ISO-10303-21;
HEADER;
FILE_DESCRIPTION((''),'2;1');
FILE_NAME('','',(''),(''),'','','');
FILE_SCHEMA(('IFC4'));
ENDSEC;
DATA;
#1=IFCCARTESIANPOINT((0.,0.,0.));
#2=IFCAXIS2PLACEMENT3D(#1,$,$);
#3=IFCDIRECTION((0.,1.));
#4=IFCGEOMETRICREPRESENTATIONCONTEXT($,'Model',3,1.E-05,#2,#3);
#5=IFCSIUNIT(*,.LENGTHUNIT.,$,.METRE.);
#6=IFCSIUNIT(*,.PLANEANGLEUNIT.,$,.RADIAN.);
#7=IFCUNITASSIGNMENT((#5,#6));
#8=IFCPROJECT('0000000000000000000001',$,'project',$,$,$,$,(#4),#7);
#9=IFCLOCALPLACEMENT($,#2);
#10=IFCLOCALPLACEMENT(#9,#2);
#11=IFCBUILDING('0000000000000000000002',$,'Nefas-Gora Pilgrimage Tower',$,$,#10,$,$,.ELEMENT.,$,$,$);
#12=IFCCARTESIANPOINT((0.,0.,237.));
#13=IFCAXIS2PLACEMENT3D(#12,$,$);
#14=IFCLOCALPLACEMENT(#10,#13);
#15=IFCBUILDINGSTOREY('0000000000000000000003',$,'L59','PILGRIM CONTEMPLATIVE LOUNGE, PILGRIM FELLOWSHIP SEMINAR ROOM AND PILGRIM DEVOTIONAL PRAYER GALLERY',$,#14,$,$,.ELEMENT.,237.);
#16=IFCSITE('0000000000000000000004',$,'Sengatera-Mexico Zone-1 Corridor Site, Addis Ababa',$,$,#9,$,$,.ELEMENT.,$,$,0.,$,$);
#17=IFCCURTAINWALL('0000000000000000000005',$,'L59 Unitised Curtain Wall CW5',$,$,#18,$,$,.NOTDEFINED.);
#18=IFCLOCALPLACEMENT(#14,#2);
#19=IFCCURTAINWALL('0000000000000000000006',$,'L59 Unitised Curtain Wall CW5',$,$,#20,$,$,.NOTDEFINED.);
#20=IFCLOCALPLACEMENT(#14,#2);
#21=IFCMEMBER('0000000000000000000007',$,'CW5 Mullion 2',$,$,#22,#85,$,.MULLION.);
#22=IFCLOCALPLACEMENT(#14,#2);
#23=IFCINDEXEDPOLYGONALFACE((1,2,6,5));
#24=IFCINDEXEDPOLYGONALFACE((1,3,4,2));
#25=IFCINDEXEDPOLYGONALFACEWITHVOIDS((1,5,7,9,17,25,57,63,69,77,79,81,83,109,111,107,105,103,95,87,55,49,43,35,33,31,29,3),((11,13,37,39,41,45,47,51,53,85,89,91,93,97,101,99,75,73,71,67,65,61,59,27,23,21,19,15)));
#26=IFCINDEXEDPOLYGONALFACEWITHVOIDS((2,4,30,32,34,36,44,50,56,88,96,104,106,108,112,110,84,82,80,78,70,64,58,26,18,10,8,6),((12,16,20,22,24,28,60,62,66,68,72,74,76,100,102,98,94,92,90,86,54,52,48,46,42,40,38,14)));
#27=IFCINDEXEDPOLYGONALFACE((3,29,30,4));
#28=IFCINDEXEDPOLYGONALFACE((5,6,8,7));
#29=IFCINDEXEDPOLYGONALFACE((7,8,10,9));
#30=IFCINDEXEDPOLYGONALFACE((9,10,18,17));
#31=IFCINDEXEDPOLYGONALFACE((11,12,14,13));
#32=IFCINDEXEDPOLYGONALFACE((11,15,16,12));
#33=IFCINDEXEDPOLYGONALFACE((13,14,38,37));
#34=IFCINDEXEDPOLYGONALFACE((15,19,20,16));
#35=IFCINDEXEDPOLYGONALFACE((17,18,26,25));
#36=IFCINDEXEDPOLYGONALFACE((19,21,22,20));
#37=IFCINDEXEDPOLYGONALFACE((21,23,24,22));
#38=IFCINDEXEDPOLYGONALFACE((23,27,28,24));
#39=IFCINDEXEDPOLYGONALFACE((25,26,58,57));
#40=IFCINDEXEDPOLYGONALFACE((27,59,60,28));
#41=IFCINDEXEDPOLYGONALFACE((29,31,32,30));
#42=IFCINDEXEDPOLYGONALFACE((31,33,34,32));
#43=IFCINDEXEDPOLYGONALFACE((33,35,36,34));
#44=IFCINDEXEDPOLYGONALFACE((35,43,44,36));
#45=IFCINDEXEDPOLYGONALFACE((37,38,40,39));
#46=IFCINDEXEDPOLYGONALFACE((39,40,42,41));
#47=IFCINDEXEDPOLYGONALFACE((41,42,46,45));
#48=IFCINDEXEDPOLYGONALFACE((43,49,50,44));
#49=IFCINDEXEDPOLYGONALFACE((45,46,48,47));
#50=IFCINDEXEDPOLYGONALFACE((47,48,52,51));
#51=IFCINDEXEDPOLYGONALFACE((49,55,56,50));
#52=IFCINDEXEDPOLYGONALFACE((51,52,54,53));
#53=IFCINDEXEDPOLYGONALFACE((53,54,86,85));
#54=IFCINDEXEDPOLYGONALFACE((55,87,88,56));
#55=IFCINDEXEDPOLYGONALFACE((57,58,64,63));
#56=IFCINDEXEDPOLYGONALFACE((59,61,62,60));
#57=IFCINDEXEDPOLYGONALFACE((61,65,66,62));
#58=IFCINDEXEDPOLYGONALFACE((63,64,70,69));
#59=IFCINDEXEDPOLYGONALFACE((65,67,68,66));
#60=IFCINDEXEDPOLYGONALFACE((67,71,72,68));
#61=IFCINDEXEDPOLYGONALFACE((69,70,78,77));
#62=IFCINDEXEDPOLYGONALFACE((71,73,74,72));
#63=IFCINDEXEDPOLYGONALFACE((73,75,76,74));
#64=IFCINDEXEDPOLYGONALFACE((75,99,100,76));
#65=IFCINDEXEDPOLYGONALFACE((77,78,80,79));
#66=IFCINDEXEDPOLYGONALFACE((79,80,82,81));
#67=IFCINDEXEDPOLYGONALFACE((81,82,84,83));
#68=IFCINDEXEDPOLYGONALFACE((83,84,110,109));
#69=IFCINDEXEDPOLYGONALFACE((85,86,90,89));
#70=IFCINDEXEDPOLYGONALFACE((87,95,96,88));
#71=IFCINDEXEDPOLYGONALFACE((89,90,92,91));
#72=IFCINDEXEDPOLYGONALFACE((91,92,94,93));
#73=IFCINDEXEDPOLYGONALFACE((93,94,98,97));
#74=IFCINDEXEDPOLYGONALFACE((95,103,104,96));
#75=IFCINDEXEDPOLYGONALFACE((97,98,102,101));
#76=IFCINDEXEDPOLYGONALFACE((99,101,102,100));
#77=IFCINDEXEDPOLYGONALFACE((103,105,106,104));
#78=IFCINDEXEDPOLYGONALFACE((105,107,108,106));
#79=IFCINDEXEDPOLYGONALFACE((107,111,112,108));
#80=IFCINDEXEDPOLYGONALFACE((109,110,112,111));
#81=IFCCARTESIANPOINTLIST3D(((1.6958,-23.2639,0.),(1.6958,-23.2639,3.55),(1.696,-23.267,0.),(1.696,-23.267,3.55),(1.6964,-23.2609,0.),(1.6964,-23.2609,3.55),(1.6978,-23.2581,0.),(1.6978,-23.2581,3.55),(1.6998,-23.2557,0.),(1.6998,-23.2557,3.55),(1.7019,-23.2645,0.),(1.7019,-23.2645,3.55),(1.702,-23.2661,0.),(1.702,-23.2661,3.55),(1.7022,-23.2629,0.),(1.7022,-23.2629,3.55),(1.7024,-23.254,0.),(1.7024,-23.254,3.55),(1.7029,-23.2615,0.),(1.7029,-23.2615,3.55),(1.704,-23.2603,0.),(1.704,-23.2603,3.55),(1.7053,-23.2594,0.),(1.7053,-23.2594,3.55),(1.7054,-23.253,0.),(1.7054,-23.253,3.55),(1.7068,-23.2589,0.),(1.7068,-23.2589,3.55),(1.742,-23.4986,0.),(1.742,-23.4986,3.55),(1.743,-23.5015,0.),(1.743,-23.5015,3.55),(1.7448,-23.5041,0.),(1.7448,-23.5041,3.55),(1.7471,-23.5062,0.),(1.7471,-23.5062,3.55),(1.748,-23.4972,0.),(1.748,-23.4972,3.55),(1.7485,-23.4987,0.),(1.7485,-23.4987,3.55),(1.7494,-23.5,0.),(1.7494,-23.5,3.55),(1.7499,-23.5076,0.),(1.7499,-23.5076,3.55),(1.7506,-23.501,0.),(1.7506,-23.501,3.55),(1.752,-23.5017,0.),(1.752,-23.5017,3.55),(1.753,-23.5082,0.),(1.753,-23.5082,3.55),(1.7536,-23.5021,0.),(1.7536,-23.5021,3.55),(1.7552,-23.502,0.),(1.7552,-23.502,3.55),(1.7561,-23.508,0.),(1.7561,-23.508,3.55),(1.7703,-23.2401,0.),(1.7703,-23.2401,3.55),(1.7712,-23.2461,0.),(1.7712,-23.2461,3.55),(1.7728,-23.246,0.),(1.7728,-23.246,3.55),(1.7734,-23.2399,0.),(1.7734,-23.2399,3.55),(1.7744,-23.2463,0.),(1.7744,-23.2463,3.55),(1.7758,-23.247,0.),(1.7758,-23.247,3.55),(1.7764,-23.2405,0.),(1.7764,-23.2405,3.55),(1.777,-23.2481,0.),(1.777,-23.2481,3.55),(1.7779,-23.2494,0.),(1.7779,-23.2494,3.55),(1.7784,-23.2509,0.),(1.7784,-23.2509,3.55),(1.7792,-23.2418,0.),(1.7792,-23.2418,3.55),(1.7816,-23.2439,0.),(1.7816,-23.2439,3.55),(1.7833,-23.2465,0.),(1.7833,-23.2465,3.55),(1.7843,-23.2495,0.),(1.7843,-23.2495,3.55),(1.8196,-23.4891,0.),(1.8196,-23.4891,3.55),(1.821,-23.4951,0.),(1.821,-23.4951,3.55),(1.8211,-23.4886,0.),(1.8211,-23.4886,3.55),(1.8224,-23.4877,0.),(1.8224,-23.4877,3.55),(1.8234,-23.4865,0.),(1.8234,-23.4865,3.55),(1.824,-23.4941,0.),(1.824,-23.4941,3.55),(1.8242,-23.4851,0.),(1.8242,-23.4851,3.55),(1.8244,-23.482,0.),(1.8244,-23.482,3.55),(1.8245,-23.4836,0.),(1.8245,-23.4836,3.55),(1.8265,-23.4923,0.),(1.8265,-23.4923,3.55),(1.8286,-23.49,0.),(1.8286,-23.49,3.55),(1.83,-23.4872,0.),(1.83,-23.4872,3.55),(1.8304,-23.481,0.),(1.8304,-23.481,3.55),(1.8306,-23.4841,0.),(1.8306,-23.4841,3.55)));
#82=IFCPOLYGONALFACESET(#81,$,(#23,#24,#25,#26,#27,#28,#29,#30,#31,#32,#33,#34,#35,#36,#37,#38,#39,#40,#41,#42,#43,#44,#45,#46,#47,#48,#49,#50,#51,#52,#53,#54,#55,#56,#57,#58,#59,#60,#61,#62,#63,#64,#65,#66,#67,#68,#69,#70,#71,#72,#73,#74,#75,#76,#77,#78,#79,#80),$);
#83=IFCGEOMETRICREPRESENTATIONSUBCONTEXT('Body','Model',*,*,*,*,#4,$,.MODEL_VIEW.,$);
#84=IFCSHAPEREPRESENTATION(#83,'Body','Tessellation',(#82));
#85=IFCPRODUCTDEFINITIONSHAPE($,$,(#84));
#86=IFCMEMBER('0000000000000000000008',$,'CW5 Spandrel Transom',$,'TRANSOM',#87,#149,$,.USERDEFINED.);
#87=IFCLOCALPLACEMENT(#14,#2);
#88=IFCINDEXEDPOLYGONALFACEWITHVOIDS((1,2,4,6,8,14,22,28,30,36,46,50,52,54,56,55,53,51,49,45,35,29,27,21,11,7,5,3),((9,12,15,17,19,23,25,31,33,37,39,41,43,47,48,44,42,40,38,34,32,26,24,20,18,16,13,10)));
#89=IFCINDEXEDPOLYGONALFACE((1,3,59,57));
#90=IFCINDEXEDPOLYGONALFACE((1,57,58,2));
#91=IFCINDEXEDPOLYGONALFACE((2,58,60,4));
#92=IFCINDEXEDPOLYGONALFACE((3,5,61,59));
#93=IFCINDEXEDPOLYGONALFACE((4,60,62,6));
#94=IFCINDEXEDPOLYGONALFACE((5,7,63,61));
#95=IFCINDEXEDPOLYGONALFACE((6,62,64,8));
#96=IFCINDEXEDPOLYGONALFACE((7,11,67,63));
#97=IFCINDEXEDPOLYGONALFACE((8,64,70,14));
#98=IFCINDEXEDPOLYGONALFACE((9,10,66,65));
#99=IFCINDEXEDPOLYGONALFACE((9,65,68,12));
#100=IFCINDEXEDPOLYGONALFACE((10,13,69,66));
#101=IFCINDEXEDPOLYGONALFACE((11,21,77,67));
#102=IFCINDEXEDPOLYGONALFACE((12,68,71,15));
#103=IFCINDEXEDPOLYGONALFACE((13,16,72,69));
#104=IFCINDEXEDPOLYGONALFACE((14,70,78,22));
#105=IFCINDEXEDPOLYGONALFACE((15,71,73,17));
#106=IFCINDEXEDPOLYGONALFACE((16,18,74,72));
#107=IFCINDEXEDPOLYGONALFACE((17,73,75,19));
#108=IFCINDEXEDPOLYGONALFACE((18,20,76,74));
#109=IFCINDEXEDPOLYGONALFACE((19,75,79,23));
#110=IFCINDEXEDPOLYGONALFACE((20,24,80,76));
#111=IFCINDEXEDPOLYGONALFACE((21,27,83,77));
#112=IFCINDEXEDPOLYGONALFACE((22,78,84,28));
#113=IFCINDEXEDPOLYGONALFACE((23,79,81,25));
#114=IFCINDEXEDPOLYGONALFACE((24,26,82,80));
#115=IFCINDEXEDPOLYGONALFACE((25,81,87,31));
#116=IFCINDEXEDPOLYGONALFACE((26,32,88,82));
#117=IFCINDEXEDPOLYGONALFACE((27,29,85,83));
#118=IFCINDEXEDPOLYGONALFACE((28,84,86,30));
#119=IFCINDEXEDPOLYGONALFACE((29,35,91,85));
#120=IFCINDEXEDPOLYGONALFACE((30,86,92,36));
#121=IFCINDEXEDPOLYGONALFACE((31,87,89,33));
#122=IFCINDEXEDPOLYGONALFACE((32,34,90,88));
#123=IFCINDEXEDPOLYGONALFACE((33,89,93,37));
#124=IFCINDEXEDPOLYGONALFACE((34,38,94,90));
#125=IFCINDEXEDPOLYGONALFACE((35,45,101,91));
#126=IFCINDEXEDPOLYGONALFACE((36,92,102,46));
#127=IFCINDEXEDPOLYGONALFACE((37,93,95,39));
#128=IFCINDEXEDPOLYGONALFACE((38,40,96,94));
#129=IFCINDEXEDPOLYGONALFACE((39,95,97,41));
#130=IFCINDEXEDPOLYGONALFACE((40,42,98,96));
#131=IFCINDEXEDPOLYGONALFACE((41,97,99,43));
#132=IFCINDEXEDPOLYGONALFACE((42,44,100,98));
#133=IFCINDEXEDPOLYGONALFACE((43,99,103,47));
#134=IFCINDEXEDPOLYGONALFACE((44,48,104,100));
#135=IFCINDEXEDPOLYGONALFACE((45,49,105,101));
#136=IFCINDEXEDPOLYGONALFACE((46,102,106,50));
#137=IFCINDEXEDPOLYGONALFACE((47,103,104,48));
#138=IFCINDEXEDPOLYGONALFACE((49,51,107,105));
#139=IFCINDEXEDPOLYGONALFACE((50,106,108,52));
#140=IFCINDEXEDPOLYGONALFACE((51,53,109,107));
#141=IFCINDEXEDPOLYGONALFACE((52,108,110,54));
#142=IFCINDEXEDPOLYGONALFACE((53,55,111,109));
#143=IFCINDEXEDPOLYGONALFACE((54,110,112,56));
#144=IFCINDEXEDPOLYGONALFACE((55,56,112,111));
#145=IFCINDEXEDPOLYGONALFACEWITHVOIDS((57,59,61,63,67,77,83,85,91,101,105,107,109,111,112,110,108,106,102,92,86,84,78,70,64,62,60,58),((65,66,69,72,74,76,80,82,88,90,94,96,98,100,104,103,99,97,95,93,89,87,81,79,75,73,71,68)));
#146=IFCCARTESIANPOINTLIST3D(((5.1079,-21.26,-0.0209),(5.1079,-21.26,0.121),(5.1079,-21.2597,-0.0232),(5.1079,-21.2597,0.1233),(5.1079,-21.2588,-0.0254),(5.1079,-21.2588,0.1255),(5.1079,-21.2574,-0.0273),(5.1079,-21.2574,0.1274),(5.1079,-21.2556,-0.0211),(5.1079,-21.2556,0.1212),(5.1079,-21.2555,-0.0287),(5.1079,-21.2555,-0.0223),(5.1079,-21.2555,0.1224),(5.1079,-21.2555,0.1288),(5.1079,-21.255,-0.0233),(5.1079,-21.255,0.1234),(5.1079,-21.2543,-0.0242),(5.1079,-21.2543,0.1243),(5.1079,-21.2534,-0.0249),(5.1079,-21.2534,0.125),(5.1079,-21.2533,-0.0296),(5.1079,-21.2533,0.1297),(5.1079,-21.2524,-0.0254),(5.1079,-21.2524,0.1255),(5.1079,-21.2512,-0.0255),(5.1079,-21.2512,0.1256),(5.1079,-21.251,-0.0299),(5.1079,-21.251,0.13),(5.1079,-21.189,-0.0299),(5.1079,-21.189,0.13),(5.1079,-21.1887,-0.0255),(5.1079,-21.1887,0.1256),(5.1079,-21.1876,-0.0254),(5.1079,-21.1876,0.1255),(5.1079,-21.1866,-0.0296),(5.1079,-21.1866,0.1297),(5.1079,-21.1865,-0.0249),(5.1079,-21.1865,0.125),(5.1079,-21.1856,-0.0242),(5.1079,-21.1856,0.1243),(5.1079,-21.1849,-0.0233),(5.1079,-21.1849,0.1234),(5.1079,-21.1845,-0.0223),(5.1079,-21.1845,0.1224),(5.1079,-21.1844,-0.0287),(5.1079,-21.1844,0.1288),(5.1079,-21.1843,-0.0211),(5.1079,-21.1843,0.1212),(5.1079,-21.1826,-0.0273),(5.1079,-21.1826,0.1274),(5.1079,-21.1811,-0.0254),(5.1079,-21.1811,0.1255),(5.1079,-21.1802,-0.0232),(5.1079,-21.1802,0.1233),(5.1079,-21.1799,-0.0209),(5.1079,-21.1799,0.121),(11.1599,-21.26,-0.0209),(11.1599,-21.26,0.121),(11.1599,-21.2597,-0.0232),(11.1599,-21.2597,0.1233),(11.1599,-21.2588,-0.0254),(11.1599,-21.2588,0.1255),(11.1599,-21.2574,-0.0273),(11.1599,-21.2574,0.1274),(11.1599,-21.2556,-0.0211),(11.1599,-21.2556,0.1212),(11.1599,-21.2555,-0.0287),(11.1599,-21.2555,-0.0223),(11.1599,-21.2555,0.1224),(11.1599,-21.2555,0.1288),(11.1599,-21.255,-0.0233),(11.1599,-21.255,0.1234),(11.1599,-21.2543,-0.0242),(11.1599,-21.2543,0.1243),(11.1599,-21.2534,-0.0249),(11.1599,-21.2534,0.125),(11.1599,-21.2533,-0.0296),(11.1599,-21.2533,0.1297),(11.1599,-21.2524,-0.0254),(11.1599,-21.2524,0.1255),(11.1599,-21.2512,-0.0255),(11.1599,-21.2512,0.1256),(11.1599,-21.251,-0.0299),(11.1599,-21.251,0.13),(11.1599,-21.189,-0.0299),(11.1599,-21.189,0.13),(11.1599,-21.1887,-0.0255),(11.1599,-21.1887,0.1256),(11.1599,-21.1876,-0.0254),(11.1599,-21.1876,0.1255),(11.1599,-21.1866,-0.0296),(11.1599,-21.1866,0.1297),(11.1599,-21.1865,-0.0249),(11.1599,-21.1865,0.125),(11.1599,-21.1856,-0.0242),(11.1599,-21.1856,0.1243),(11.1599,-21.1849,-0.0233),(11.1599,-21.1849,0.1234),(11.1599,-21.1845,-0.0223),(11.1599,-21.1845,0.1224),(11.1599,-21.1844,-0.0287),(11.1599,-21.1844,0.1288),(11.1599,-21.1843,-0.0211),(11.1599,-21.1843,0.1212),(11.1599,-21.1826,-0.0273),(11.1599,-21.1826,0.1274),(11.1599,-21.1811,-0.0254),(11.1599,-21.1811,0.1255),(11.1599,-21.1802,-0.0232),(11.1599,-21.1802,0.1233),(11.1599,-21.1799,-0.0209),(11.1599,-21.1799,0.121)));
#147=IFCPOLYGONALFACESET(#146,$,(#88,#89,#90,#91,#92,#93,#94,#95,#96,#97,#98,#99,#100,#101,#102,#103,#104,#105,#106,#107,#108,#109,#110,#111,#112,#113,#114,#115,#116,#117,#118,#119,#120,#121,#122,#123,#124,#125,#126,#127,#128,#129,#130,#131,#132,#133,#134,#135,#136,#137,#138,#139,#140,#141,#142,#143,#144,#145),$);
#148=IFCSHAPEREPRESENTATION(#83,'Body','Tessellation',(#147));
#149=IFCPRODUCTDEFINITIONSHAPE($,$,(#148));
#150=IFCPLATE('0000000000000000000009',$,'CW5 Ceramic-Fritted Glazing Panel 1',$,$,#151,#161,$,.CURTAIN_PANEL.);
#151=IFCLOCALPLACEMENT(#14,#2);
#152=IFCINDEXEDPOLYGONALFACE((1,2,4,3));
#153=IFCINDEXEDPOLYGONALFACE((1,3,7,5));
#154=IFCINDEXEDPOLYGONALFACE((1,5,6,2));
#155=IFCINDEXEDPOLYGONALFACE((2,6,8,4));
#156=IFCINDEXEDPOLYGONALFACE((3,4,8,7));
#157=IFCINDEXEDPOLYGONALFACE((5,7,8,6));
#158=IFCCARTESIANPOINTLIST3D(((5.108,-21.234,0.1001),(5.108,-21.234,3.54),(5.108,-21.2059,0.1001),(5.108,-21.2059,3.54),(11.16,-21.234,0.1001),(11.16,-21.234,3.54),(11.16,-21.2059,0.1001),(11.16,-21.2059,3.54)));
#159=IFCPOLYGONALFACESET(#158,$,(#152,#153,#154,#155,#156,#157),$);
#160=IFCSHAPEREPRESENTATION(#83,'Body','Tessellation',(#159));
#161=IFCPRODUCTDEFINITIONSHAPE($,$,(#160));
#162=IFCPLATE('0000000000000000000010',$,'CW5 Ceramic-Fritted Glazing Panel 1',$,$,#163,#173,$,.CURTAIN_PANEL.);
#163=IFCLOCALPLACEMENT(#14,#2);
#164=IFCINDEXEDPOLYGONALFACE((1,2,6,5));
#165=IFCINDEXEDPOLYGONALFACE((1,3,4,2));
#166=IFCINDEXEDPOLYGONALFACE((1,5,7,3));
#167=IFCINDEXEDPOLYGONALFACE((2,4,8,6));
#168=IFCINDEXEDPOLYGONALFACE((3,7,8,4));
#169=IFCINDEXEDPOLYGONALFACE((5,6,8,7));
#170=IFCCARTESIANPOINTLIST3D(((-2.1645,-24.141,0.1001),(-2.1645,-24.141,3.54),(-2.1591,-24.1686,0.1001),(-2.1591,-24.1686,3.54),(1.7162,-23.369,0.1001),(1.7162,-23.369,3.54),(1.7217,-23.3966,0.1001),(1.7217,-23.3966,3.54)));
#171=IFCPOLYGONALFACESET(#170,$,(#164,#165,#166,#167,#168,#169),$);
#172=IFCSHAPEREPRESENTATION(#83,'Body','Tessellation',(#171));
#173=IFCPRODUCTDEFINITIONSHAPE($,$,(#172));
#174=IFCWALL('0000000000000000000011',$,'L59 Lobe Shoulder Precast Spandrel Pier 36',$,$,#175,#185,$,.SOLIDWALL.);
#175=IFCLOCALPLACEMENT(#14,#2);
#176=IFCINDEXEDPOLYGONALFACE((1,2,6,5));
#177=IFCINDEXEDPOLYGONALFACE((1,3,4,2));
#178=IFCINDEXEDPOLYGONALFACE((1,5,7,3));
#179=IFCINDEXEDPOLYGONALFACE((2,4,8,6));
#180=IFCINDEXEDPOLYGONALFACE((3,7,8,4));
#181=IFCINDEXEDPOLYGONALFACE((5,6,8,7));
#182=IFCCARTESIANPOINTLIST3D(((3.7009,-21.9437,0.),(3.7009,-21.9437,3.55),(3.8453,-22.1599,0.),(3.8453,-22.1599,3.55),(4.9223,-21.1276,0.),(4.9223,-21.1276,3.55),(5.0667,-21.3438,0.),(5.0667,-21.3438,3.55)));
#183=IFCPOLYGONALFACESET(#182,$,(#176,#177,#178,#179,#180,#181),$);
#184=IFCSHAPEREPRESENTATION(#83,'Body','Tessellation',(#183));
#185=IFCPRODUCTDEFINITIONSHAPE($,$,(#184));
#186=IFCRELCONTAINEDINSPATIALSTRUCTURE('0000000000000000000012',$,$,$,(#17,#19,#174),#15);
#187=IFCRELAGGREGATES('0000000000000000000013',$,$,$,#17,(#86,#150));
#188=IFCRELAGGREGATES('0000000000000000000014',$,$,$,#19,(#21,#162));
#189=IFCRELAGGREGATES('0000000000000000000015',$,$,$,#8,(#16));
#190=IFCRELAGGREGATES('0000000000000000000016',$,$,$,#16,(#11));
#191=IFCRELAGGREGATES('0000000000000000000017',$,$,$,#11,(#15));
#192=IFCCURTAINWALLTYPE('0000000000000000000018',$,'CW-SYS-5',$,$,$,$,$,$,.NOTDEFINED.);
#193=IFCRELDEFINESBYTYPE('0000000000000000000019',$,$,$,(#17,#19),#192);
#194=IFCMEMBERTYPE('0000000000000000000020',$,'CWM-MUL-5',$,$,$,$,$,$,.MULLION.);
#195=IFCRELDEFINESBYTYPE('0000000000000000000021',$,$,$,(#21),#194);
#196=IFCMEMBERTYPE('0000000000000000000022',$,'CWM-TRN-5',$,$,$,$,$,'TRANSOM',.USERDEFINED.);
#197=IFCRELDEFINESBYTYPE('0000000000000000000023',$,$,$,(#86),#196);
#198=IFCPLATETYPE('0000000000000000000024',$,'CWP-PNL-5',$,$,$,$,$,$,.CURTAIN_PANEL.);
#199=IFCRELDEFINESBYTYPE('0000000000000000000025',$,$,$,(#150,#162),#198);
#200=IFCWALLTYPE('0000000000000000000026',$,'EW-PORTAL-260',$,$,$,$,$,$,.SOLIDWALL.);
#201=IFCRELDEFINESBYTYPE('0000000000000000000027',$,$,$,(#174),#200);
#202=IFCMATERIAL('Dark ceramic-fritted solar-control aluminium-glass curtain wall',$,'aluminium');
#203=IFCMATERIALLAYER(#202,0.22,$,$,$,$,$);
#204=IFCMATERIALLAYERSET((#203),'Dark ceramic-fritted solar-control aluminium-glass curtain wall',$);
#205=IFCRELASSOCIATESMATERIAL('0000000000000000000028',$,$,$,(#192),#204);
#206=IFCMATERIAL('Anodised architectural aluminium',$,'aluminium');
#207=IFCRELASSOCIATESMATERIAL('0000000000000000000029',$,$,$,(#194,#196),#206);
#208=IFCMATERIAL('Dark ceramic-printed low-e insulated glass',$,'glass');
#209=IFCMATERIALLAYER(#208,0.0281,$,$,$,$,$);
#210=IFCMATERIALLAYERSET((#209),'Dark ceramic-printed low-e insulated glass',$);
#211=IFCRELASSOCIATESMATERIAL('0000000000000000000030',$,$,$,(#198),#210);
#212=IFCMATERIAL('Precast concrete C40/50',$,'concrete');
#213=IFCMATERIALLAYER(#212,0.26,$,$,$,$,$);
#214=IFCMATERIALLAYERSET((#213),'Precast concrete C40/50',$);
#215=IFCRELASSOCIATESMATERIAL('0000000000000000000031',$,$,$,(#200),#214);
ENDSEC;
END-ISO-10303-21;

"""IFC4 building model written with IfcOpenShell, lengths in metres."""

from ifc_helpers import new_model, si_unit, direction, frame, frame_2d, origin, origin_2d, place, context, subcontext, project, spatial, rectangle, hollow_rectangle, extrude, source, transform, mapped, material, layer, layer_set, material_profile, profile_set, type_object, element, aggregate, save


model = new_model("IFC4")

# Units and contexts
model_context = context("Model", 3, precision=1e-05, world=origin(), true_north=direction((0.0, 1.0)))
body_context = subcontext(model_context, "Body", "Model", "MODEL_VIEW")
ifc_project = project(units=[si_unit("LENGTHUNIT", "METRE"), si_unit("PLANEANGLEUNIT", "RADIAN")], contexts=[model_context])

# Site, building, storey
site_placement = place(None, origin())
site = spatial("IfcSite", under=ifc_project, at=site_placement, Name="Sengatera-Mexico Zone-1 Corridor Site, Addis Ababa", CompositionType="ELEMENT", RefElevation=0.0)
building_placement = place(site_placement, origin())
building = spatial("IfcBuilding", under=site, at=building_placement, Name="Nefas-Gora Pilgrimage Tower", CompositionType="ELEMENT")
storey_placement = place(building_placement, frame((0.0, 0.0, 237.0)))
storey = spatial("IfcBuildingStorey", under=building, at=storey_placement, Name="L59", Description="PILGRIM CONTEMPLATIVE LOUNGE, PILGRIM FELLOWSHIP SEMINAR ROOM AND PILGRIM DEVOTIONAL PRAYER GALLERY", CompositionType="ELEMENT", Elevation=237.0)

# Curtain wall
ifc_material_1 = material(Name="Dark ceramic-fritted solar-control aluminium-glass curtain wall", Category="aluminium")
ifc_layer_1 = layer(ifc_material_1, 0.22)
ifc_layer_set_1 = layer_set([ifc_layer_1], Name="Dark ceramic-fritted solar-control aluminium-glass curtain wall")
curtain_wall_type = type_object("IfcCurtainWallType", Name="CW-SYS-5", PredefinedType="NOTDEFINED", material=ifc_layer_set_1)
curtain_wall_1_placement = place(storey_placement, origin())
curtain_wall_1 = element("IfcCurtainWall", 1, at=curtain_wall_1_placement, inside=storey, type_object=curtain_wall_type, Name="L59 Unitised Curtain Wall CW5", PredefinedType="NOTDEFINED")
ifc_material_2 = material(Name="Anodised architectural aluminium", Category="aluminium")
ifc_material_profile_1 = material_profile(ifc_material_2, hollow_rectangle(XDim=0.0901, YDim=0.26, WallThickness=0.0061, InnerFilletRadius=0.0061, OuterFilletRadius=0.012, at=origin_2d()), Name="ALU MULLION 90x260")
ifc_profile_set_1 = profile_set([ifc_material_profile_1], Name="Anodised architectural aluminium")
member_type_1 = type_object("IfcMemberType", Name="CWM-MUL-5", PredefinedType="MULLION", material=ifc_profile_set_1)
shared_shape_1 = source(origin(), body_context, "Body", "SweptSolid", [
    extrude(hollow_rectangle(XDim=0.0901, YDim=0.26, WallThickness=0.0061, InnerFilletRadius=0.0061, OuterFilletRadius=0.012, at=origin_2d()), origin(), (0.0, 0.0, 1.0), 3.55),
])

# Curtain wall, member
curtain_wall_2_placement = place(storey_placement, origin())
curtain_wall_2 = element("IfcCurtainWall", 2, at=curtain_wall_2_placement, inside=storey, type_object=curtain_wall_type, Name="L59 Unitised Curtain Wall CW5", PredefinedType="NOTDEFINED")
member_1_placement = place(storey_placement, frame((1.7632, -23.374, 0.0), z_axis=(0.0, 0.0, 1.0), x_axis=(0.980783, 0.195102, 0.0)))
member_1 = element("IfcMember", 3, at=member_1_placement, type_object=member_type_1, Name="CW5 Mullion 2", PredefinedType="MULLION", context=body_context, shape_type="MappedRepresentation", body=[
    mapped(shared_shape_1, transform((0.0, 0.0, 0.0), x_axis=(1.0, 0.0, 0.0), y_axis=(0.0, 1.0, 0.0), z_axis=(0.0, 0.0, 1.0), scale=1.0)),
])

# Member
ifc_material_profile_2 = material_profile(ifc_material_2, hollow_rectangle(XDim=0.0801, YDim=0.1599, WallThickness=0.0044, InnerFilletRadius=0.0044, OuterFilletRadius=0.009, at=origin_2d()), Name="ALU TRANSOM 80x160")
ifc_profile_set_2 = profile_set([ifc_material_profile_2], Name="Anodised architectural aluminium")
member_type_2 = type_object("IfcMemberType", Name="CWM-TRN-5", ElementType="TRANSOM", PredefinedType="USERDEFINED", material=ifc_profile_set_2)
shared_shape_2 = source(origin(), body_context, "Body", "SweptSolid", [
    extrude(hollow_rectangle(XDim=0.0801, YDim=0.1599, WallThickness=0.0044, InnerFilletRadius=0.0044, OuterFilletRadius=0.009, at=origin_2d()), origin(), (0.0, 0.0, 1.0), 6.052),
])
member_2_placement = place(storey_placement, frame((5.1079, -21.22, 0.05), z_axis=(1.0, 0.0, 0.0), x_axis=(0.0, 1.0, 0.0)))
member_2 = element("IfcMember", 4, at=member_2_placement, type_object=member_type_2, Name="CW5 Spandrel Transom", ObjectType="TRANSOM", PredefinedType="USERDEFINED", context=body_context, shape_type="MappedRepresentation", body=[
    mapped(shared_shape_2, transform((0.0, 0.0, 0.0), x_axis=(1.0, 0.0, 0.0), y_axis=(0.0, 1.0, 0.0), z_axis=(0.0, 0.0, 1.0), scale=1.0)),
])

# Plates
ifc_material_3 = material(Name="Dark ceramic-printed low-e insulated glass", Category="glass")
ifc_layer_2 = layer(ifc_material_3, 0.0281)
ifc_layer_set_2 = layer_set([ifc_layer_2], Name="Dark ceramic-printed low-e insulated glass")
plate_type = type_object("IfcPlateType", Name="CWP-PNL-5", PredefinedType="CURTAIN_PANEL", material=ifc_layer_set_2)
shared_shape_3 = source(origin(), body_context, "Body", "SweptSolid", [
    extrude(rectangle(XDim=6.052, YDim=0.0281, at=origin_2d()), origin(), (0.0, 0.0, 1.0), 3.4399),
])
plate_1_placement = place(storey_placement, frame((8.134, -21.22, 0.1001), z_axis=(0.0, 0.0, 1.0), x_axis=(1.0, 0.0, 0.0)))
plate_1 = element("IfcPlate", 5, at=plate_1_placement, type_object=plate_type, Name="CW5 Ceramic-Fritted Glazing Panel 1", PredefinedType="CURTAIN_PANEL", context=body_context, shape_type="MappedRepresentation", body=[
    mapped(shared_shape_3, transform((0.0, 0.0, 0.0), x_axis=(1.0, 0.0, 0.0), y_axis=(0.0, 1.0, 0.0), z_axis=(0.0, 0.0, 1.0), scale=1.0)),
])
aggregate(curtain_wall_1, [member_2, plate_1])
shared_shape_4 = source(origin(), body_context, "Body", "SweptSolid", [
    extrude(rectangle(XDim=3.9568, YDim=0.0281, at=origin_2d()), origin(), (0.0, 0.0, 1.0), 3.4399),
])
plate_2_placement = place(storey_placement, frame((-0.2214, -23.7688, 0.1001), z_axis=(0.0, 0.0, 1.0), x_axis=(0.980783, 0.195102, 0.0)))
plate_2 = element("IfcPlate", 6, at=plate_2_placement, type_object=plate_type, Name="CW5 Ceramic-Fritted Glazing Panel 1", PredefinedType="CURTAIN_PANEL", context=body_context, shape_type="MappedRepresentation", body=[
    mapped(shared_shape_4, transform((0.0, 0.0, 0.0), x_axis=(1.0, 0.0, 0.0), y_axis=(0.0, 1.0, 0.0), z_axis=(0.0, 0.0, 1.0), scale=1.0)),
])
aggregate(curtain_wall_2, [member_1, plate_2])

# Wall
ifc_material_4 = material(Name="Precast concrete C40/50", Category="concrete")
ifc_layer_3 = layer(ifc_material_4, 0.26)
ifc_layer_set_3 = layer_set([ifc_layer_3], Name="Precast concrete C40/50")
wall_type_1 = type_object("IfcWallType", Name="EW-PORTAL-260", PredefinedType="SOLIDWALL", material=ifc_layer_set_3)
shared_shape_5 = source(origin(), body_context, "Body", "SweptSolid", [
    extrude(rectangle(XDim=1.469, YDim=0.26, at=frame_2d((0.7344, 0.0))), origin(), (0.0, 0.0, 1.0), 3.55),
])
wall_1_placement = place(storey_placement, frame((3.7732, -22.0518, 0.0), z_axis=(0.0, 0.0, 1.0), x_axis=(0.831462, 0.555582, 0.0)))
element("IfcWall", 7, at=wall_1_placement, inside=storey, type_object=wall_type_1, Name="L59 Lobe Shoulder Precast Spandrel Pier 36", PredefinedType="SOLIDWALL", context=body_context, shape_type="MappedRepresentation", body=[
    mapped(shared_shape_5, transform((0.0, 0.0, 0.0), x_axis=(1.0, 0.0, 0.0), y_axis=(0.0, 1.0, 0.0), z_axis=(0.0, 0.0, 1.0), scale=1.0)),
])

save(model, "model.ifc")
